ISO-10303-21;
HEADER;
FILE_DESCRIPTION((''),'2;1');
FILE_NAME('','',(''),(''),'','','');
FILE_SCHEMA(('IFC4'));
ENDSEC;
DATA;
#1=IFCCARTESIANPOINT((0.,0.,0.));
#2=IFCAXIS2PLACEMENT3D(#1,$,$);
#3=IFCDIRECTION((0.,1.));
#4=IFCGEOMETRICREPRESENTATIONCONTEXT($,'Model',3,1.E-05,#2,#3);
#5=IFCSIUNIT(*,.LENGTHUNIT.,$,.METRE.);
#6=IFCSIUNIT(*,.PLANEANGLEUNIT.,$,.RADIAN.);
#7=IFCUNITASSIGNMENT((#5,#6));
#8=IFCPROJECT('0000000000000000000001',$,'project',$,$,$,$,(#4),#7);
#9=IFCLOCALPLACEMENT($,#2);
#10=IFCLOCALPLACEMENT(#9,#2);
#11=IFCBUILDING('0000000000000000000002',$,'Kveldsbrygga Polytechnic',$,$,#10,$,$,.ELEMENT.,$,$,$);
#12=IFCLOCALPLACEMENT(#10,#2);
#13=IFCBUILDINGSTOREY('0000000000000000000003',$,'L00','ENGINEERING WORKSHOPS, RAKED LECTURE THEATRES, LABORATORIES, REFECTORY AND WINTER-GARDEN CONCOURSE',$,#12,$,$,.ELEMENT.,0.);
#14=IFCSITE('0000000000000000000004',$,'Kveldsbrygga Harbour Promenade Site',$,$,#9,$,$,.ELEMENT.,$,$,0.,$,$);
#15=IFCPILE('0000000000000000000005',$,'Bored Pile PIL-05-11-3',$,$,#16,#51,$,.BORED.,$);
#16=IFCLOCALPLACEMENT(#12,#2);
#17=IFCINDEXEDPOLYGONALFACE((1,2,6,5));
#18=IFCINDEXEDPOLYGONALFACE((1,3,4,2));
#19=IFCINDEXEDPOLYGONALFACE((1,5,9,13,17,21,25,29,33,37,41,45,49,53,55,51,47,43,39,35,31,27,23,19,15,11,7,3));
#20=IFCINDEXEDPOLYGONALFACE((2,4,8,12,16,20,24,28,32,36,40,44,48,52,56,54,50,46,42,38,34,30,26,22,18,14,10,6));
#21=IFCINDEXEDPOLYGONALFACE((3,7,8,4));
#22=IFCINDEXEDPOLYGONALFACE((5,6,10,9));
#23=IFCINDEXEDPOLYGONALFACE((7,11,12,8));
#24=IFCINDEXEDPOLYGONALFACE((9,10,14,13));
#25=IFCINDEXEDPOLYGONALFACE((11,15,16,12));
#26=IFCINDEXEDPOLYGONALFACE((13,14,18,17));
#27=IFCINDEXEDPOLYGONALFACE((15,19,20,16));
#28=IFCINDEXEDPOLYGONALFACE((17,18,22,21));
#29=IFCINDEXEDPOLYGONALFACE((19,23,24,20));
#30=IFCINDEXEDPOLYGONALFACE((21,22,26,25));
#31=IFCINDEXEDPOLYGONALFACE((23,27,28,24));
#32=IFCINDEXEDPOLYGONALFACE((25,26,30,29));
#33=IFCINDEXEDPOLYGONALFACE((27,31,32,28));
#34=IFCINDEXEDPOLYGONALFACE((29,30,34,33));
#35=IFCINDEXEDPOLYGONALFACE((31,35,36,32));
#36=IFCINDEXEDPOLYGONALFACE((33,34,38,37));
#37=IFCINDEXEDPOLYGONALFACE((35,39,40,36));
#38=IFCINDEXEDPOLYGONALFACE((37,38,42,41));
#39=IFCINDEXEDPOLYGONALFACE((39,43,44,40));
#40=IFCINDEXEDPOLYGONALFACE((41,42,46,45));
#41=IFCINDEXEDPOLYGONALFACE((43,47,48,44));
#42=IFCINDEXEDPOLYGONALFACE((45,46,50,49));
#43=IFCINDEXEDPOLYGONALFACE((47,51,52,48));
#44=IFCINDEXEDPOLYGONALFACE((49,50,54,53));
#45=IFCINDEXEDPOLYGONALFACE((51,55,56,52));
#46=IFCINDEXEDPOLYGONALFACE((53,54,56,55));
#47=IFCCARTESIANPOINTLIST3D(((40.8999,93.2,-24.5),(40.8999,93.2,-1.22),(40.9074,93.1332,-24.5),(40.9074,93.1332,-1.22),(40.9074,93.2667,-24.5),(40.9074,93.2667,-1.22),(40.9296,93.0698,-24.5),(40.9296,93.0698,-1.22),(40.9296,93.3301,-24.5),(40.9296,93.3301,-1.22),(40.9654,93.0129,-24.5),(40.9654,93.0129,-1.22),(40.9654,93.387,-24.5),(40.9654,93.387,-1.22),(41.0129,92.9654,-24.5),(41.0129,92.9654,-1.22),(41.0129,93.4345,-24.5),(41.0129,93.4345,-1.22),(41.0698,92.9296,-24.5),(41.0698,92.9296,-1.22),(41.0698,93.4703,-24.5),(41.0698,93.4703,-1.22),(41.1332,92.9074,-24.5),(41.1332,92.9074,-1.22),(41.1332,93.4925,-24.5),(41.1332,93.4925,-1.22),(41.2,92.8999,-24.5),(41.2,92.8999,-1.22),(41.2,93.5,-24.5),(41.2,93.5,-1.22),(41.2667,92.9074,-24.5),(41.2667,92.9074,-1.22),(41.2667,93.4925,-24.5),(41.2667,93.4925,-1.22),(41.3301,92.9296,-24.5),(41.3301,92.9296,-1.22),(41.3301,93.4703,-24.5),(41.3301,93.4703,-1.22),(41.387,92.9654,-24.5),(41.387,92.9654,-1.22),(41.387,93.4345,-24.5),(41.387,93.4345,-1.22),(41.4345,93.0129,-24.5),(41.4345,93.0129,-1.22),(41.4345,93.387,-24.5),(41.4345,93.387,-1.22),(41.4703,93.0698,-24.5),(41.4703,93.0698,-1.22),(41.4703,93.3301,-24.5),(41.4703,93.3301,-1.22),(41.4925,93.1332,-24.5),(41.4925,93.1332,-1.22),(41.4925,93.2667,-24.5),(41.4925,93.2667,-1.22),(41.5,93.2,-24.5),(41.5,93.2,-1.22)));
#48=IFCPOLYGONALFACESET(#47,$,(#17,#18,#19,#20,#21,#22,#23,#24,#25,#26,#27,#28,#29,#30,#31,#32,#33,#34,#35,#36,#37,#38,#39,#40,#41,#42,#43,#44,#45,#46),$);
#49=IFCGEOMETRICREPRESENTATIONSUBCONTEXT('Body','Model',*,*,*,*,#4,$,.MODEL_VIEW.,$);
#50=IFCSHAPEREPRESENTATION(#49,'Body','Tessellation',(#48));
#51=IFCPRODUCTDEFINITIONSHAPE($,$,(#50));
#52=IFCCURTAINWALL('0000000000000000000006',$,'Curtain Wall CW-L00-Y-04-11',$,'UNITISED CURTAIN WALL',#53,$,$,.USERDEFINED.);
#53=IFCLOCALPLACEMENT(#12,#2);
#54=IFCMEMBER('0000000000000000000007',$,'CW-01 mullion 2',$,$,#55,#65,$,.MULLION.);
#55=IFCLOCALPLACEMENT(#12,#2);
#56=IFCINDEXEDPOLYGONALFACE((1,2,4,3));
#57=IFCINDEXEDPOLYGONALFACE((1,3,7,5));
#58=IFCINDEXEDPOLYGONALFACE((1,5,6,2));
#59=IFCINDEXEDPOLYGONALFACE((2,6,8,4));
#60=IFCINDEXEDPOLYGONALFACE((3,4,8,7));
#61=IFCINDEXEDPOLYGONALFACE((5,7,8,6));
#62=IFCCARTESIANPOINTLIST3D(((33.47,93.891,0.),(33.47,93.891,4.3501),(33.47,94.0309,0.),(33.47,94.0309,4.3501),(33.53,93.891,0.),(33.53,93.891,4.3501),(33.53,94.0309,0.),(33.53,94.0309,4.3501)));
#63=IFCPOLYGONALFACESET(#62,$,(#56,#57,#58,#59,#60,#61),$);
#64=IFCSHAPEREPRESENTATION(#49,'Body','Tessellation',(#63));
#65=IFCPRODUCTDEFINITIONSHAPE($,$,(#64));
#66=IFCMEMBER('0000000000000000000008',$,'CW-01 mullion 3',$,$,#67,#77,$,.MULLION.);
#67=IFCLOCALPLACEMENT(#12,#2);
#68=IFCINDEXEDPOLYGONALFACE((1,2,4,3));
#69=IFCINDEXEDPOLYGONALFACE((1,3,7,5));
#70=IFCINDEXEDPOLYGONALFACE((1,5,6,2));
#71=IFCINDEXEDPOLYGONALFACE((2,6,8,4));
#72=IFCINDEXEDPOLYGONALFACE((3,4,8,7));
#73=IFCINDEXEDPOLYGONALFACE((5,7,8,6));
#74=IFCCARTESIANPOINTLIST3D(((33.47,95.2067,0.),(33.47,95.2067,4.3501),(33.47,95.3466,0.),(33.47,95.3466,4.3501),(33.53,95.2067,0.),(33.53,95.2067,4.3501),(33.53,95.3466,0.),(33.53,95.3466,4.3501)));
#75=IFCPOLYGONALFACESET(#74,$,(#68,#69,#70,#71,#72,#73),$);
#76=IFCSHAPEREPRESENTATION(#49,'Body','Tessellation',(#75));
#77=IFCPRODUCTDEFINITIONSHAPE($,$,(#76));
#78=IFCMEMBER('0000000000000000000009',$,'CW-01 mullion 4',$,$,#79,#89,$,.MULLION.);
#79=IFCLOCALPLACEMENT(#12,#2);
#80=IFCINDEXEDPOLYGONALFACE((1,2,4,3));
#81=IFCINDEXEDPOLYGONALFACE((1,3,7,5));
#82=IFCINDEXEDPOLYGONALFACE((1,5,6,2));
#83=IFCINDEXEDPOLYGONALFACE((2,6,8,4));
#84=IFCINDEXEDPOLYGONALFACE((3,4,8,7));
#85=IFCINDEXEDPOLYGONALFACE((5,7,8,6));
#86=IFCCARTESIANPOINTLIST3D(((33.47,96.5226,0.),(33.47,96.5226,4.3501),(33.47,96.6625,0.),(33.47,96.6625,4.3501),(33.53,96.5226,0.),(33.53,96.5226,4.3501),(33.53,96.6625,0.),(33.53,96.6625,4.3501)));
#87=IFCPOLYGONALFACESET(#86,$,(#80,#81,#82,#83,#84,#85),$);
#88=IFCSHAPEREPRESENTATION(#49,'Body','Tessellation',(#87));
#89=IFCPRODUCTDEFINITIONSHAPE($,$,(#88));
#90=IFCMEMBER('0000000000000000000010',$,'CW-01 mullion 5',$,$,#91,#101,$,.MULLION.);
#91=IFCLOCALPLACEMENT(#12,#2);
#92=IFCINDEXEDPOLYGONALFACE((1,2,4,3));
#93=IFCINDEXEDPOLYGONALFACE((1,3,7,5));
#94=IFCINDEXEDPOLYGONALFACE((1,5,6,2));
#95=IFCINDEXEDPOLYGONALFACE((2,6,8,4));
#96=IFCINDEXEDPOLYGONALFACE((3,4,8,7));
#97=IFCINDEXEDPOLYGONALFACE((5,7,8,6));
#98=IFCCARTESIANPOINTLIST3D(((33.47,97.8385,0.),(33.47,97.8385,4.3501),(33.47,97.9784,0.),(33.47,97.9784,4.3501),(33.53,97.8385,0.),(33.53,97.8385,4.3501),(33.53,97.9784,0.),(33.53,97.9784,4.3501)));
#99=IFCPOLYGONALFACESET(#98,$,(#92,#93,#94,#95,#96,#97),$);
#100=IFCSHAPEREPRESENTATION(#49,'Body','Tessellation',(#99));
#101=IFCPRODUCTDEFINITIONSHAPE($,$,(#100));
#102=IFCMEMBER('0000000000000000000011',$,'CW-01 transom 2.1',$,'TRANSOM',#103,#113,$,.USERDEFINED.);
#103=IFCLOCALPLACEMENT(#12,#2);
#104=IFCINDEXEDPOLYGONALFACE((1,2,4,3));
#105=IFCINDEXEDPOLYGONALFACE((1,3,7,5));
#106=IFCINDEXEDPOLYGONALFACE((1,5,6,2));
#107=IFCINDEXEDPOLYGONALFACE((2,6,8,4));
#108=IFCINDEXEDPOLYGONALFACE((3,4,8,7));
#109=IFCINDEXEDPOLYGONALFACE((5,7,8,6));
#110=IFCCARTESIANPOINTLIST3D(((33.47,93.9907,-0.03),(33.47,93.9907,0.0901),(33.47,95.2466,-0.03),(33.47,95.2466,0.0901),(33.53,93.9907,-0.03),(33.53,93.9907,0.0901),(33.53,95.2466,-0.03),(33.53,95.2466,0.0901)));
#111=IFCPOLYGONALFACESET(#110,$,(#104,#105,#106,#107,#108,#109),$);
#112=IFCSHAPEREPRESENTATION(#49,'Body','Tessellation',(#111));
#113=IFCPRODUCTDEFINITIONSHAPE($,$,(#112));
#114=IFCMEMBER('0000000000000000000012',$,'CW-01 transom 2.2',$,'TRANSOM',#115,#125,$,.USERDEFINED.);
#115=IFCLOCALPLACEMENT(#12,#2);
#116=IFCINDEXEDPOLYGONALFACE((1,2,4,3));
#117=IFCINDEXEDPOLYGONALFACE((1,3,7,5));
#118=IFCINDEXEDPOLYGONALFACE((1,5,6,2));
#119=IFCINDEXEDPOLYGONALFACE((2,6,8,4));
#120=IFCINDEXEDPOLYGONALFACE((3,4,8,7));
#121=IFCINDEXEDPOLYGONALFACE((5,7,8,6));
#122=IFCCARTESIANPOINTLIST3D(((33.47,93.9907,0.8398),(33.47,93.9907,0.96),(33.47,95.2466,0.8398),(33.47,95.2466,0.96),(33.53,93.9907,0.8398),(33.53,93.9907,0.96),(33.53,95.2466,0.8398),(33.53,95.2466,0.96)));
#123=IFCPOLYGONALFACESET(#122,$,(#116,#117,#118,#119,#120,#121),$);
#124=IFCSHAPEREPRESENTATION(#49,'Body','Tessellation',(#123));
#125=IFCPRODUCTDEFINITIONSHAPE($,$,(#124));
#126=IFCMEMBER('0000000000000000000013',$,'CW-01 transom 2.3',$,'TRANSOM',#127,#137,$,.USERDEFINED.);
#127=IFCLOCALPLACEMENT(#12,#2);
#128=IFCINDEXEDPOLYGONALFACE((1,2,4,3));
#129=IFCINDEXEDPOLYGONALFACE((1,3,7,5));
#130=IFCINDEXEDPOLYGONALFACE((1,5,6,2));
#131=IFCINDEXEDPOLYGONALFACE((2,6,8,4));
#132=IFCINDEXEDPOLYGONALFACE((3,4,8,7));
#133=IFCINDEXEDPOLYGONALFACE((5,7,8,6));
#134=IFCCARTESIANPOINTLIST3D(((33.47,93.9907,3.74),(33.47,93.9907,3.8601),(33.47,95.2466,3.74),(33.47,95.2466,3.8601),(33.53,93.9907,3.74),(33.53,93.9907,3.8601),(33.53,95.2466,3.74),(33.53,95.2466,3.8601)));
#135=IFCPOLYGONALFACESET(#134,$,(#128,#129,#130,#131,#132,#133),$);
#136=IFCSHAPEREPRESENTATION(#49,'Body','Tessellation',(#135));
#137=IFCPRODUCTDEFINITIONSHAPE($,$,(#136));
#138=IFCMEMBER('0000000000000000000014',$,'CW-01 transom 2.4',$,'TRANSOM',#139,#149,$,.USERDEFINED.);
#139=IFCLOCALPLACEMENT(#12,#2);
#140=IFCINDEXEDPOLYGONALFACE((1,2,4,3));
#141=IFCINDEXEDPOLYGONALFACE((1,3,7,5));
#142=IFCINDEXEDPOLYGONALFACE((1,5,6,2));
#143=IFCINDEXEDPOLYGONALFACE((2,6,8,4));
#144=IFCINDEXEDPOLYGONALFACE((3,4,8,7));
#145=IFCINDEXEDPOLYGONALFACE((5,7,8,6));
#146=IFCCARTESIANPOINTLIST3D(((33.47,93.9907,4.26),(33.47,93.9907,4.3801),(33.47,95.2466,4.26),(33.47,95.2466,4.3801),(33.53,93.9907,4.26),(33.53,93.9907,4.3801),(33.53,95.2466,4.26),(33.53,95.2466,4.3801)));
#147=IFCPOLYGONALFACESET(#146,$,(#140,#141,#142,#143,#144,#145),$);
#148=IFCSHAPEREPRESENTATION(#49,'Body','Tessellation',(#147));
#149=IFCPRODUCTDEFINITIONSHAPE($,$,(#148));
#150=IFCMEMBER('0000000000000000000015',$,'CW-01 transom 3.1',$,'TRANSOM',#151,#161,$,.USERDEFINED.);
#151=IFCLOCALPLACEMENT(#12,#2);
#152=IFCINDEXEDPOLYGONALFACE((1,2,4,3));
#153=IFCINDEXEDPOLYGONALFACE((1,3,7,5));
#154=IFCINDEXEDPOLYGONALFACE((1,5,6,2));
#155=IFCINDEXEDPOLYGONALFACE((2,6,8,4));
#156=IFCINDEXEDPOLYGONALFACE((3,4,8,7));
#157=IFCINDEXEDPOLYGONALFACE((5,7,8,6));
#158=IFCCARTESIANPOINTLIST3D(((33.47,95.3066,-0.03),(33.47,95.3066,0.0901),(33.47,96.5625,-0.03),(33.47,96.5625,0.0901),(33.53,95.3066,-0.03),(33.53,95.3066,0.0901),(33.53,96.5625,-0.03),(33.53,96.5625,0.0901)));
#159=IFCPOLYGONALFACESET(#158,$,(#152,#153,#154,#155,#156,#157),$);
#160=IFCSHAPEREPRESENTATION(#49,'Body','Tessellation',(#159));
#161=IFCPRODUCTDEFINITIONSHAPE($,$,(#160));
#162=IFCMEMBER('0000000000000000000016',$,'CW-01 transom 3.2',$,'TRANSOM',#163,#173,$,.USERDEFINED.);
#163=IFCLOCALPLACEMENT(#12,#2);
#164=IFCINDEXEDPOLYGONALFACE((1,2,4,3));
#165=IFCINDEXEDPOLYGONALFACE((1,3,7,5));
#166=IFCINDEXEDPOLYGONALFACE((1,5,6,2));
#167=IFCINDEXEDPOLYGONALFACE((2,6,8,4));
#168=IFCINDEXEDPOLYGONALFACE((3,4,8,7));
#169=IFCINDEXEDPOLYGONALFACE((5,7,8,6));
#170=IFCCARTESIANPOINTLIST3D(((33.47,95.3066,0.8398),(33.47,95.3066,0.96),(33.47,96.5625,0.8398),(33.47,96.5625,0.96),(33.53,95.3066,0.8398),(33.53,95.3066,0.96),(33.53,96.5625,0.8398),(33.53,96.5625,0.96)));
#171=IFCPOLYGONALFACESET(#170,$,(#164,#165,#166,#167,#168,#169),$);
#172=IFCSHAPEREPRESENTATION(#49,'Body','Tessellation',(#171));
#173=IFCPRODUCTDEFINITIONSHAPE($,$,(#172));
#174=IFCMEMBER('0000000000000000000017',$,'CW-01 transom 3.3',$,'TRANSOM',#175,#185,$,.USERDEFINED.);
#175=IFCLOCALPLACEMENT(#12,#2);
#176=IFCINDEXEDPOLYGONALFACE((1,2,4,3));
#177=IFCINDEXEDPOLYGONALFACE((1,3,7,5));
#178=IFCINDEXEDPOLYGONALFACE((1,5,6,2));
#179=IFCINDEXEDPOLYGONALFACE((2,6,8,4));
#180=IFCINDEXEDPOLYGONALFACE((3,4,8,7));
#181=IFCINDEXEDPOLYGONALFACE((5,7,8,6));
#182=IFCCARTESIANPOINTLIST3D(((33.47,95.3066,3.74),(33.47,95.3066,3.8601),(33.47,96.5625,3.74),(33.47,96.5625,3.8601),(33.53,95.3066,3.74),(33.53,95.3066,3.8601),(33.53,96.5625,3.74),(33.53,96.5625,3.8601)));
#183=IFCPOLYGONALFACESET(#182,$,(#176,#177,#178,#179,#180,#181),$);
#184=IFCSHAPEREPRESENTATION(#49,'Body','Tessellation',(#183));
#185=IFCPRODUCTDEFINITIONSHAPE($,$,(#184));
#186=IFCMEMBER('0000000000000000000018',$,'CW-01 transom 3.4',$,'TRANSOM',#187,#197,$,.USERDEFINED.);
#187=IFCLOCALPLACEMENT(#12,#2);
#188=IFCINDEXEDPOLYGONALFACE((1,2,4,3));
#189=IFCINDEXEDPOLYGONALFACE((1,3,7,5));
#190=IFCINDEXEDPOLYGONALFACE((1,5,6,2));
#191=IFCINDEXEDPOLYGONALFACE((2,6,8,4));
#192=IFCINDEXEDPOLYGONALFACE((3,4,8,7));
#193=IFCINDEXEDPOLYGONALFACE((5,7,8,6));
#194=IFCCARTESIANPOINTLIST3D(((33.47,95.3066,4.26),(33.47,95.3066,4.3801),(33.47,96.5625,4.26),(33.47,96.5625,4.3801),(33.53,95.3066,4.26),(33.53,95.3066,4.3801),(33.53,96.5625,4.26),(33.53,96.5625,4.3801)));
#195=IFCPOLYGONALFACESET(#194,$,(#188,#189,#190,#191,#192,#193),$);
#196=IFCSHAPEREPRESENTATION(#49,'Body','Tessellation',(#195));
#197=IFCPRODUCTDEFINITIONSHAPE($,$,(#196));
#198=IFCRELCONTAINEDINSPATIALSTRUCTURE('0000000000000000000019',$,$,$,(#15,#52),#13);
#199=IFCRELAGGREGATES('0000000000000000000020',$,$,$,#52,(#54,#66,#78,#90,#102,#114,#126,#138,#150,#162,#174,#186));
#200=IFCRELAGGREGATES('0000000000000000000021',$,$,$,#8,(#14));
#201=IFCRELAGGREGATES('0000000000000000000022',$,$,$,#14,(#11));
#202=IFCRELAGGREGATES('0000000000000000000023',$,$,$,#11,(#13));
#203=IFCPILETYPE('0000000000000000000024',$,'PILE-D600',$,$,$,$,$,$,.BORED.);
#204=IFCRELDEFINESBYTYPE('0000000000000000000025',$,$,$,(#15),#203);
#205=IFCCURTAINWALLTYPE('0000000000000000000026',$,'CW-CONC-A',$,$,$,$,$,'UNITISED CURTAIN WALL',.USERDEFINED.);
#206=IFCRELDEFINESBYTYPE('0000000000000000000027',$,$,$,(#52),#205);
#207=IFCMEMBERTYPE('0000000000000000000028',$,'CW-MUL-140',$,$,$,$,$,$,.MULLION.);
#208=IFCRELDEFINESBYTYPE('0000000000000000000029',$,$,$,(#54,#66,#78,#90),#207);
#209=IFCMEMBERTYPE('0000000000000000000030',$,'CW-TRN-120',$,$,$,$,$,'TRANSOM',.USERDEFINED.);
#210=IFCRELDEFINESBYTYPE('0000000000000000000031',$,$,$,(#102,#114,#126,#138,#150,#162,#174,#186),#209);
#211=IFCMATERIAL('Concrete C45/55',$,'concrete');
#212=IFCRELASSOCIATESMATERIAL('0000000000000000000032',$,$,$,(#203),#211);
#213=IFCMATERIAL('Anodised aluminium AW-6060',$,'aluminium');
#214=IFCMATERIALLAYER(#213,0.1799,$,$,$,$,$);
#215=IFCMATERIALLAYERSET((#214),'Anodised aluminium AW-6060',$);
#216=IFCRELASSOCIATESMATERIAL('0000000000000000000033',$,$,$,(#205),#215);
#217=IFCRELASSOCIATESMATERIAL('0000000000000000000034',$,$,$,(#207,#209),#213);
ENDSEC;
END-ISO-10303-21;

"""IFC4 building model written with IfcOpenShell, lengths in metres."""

from ifc_helpers import new_model, si_unit, direction, frame, origin, origin_2d, place, context, subcontext, project, spatial, rectangle, circle, extrude, material, layer, layer_set, material_profile, profile_set, type_object, element, aggregate, save


model = new_model("IFC4")

# Units and contexts
model_context = context("Model", 3, precision=1e-05, world=origin(), true_north=direction((0.0, 1.0)))
body_context = subcontext(model_context, "Body", "Model", "MODEL_VIEW")
ifc_project = project(units=[si_unit("LENGTHUNIT", "METRE"), si_unit("PLANEANGLEUNIT", "RADIAN")], contexts=[model_context])

# Site, building, storey
site_placement = place(None, origin())
site = spatial("IfcSite", under=ifc_project, at=site_placement, Name="Kveldsbrygga Harbour Promenade Site", CompositionType="ELEMENT", RefElevation=0.0)
building_placement = place(site_placement, origin())
building = spatial("IfcBuilding", under=site, at=building_placement, Name="Kveldsbrygga Polytechnic", CompositionType="ELEMENT")
storey_placement = place(building_placement, origin())
storey = spatial("IfcBuildingStorey", under=building, at=storey_placement, Name="L00", Description="ENGINEERING WORKSHOPS, RAKED LECTURE THEATRES, LABORATORIES, REFECTORY AND WINTER-GARDEN CONCOURSE", CompositionType="ELEMENT", Elevation=0.0)

# Pile
ifc_material_1 = material(Name="Concrete C45/55", Category="concrete")
ifc_material_profile_1 = material_profile(ifc_material_1, circle(Radius=0.3, at=origin_2d()), Name="PILE D600")
ifc_profile_set_1 = profile_set([ifc_material_profile_1], Name="Concrete C45/55")
pile_type = type_object("IfcPileType", Name="PILE-D600", PredefinedType="BORED", material=ifc_profile_set_1)
pile_placement = place(storey_placement, frame((41.2, 93.2, -1.22), z_axis=(0.0, 0.0, -1.0), x_axis=(1.0, 0.0, 0.0)))
element("IfcPile", 1, at=pile_placement, inside=storey, type_object=pile_type, Name="Bored Pile PIL-05-11-3", PredefinedType="BORED", context=body_context, shape_type="SweptSolid", body=[
    extrude(circle(Radius=0.3, at=origin_2d()), origin(), (0.0, 0.0, 1.0), 23.28),
])

# Curtain wall, members
ifc_material_2 = material(Name="Anodised aluminium AW-6060", Category="aluminium")
ifc_layer_1 = layer(ifc_material_2, 0.1799)
ifc_layer_set_1 = layer_set([ifc_layer_1], Name="Anodised aluminium AW-6060")
curtain_wall_type = type_object("IfcCurtainWallType", Name="CW-CONC-A", ElementType="UNITISED CURTAIN WALL", PredefinedType="USERDEFINED", material=ifc_layer_set_1)
curtain_wall_placement = place(storey_placement, origin())
curtain_wall = element("IfcCurtainWall", 2, at=curtain_wall_placement, inside=storey, type_object=curtain_wall_type, Name="Curtain Wall CW-L00-Y-04-11", ObjectType="UNITISED CURTAIN WALL", PredefinedType="USERDEFINED")
ifc_material_profile_2 = material_profile(ifc_material_2, rectangle(XDim=0.0601, YDim=0.1399, at=origin_2d()), Name="ALU 60x140")
ifc_profile_set_2 = profile_set([ifc_material_profile_2], Name="Anodised aluminium AW-6060")
member_type_1 = type_object("IfcMemberType", Name="CW-MUL-140", PredefinedType="MULLION", material=ifc_profile_set_2)
member_1_placement = place(storey_placement, frame((33.5, 93.9609, 0.0), z_axis=(0.0, 0.0, 1.0), x_axis=(-1.0, 0.0, 0.0)))
member_1 = element("IfcMember", 3, at=member_1_placement, type_object=member_type_1, Name="CW-01 mullion 2", PredefinedType="MULLION", context=body_context, shape_type="SweptSolid", body=[
    extrude(rectangle(XDim=0.0601, YDim=0.1399, at=origin_2d()), origin(), (0.0, 0.0, 1.0), 4.3501),
])
member_2_placement = place(storey_placement, frame((33.5, 95.2766, 0.0), z_axis=(0.0, 0.0, 1.0), x_axis=(-1.0, 0.0, 0.0)))
member_2 = element("IfcMember", 4, at=member_2_placement, type_object=member_type_1, Name="CW-01 mullion 3", PredefinedType="MULLION", context=body_context, shape_type="SweptSolid", body=[
    extrude(rectangle(XDim=0.0601, YDim=0.1399, at=origin_2d()), origin(), (0.0, 0.0, 1.0), 4.3501),
])
member_3_placement = place(storey_placement, frame((33.5, 96.5925, 0.0), z_axis=(0.0, 0.0, 1.0), x_axis=(-1.0, 0.0, 0.0)))
member_3 = element("IfcMember", 5, at=member_3_placement, type_object=member_type_1, Name="CW-01 mullion 4", PredefinedType="MULLION", context=body_context, shape_type="SweptSolid", body=[
    extrude(rectangle(XDim=0.0601, YDim=0.1399, at=origin_2d()), origin(), (0.0, 0.0, 1.0), 4.3501),
])
member_4_placement = place(storey_placement, frame((33.5, 97.9084, 0.0), z_axis=(0.0, 0.0, 1.0), x_axis=(-1.0, 0.0, 0.0)))
member_4 = element("IfcMember", 6, at=member_4_placement, type_object=member_type_1, Name="CW-01 mullion 5", PredefinedType="MULLION", context=body_context, shape_type="SweptSolid", body=[
    extrude(rectangle(XDim=0.0601, YDim=0.1399, at=origin_2d()), origin(), (0.0, 0.0, 1.0), 4.3501),
])
ifc_material_profile_3 = material_profile(ifc_material_2, rectangle(XDim=0.0601, YDim=0.1201, at=origin_2d()), Name="ALU 60x120")
ifc_profile_set_3 = profile_set([ifc_material_profile_3], Name="Anodised aluminium AW-6060")
member_type_2 = type_object("IfcMemberType", Name="CW-TRN-120", ElementType="TRANSOM", PredefinedType="USERDEFINED", material=ifc_profile_set_3)
member_5_placement = place(storey_placement, frame((33.5, 93.9907, 0.03), z_axis=(0.0, 1.0, 0.0), x_axis=(-1.0, 0.0, 0.0)))
member_5 = element("IfcMember", 7, at=member_5_placement, type_object=member_type_2, Name="CW-01 transom 2.1", ObjectType="TRANSOM", PredefinedType="USERDEFINED", context=body_context, shape_type="SweptSolid", body=[
    extrude(rectangle(XDim=0.0601, YDim=0.1201, at=origin_2d()), origin(), (0.0, 0.0, 1.0), 1.2559),
])
member_6_placement = place(storey_placement, frame((33.5, 93.9907, 0.8999), z_axis=(0.0, 1.0, 0.0), x_axis=(-1.0, 0.0, 0.0)))
member_6 = element("IfcMember", 8, at=member_6_placement, type_object=member_type_2, Name="CW-01 transom 2.2", ObjectType="TRANSOM", PredefinedType="USERDEFINED", context=body_context, shape_type="SweptSolid", body=[
    extrude(rectangle(XDim=0.0601, YDim=0.1201, at=origin_2d()), origin(), (0.0, 0.0, 1.0), 1.2559),
])
member_7_placement = place(storey_placement, frame((33.5, 93.9907, 3.8), z_axis=(0.0, 1.0, 0.0), x_axis=(-1.0, 0.0, 0.0)))
member_7 = element("IfcMember", 9, at=member_7_placement, type_object=member_type_2, Name="CW-01 transom 2.3", ObjectType="TRANSOM", PredefinedType="USERDEFINED", context=body_context, shape_type="SweptSolid", body=[
    extrude(rectangle(XDim=0.0601, YDim=0.1201, at=origin_2d()), origin(), (0.0, 0.0, 1.0), 1.2559),
])
member_8_placement = place(storey_placement, frame((33.5, 93.9907, 4.3201), z_axis=(0.0, 1.0, 0.0), x_axis=(-1.0, 0.0, 0.0)))
member_8 = element("IfcMember", 10, at=member_8_placement, type_object=member_type_2, Name="CW-01 transom 2.4", ObjectType="TRANSOM", PredefinedType="USERDEFINED", context=body_context, shape_type="SweptSolid", body=[
    extrude(rectangle(XDim=0.0601, YDim=0.1201, at=origin_2d()), origin(), (0.0, 0.0, 1.0), 1.2559),
])
member_9_placement = place(storey_placement, frame((33.5, 95.3066, 0.03), z_axis=(0.0, 1.0, 0.0), x_axis=(-1.0, 0.0, 0.0)))
member_9 = element("IfcMember", 11, at=member_9_placement, type_object=member_type_2, Name="CW-01 transom 3.1", ObjectType="TRANSOM", PredefinedType="USERDEFINED", context=body_context, shape_type="SweptSolid", body=[
    extrude(rectangle(XDim=0.0601, YDim=0.1201, at=origin_2d()), origin(), (0.0, 0.0, 1.0), 1.2559),
])
member_10_placement = place(storey_placement, frame((33.5, 95.3066, 0.8999), z_axis=(0.0, 1.0, 0.0), x_axis=(-1.0, 0.0, 0.0)))
member_10 = element("IfcMember", 12, at=member_10_placement, type_object=member_type_2, Name="CW-01 transom 3.2", ObjectType="TRANSOM", PredefinedType="USERDEFINED", context=body_context, shape_type="SweptSolid", body=[
    extrude(rectangle(XDim=0.0601, YDim=0.1201, at=origin_2d()), origin(), (0.0, 0.0, 1.0), 1.2559),
])
member_11_placement = place(storey_placement, frame((33.5, 95.3066, 3.8), z_axis=(0.0, 1.0, 0.0), x_axis=(-1.0, 0.0, 0.0)))
member_11 = element("IfcMember", 13, at=member_11_placement, type_object=member_type_2, Name="CW-01 transom 3.3", ObjectType="TRANSOM", PredefinedType="USERDEFINED", context=body_context, shape_type="SweptSolid", body=[
    extrude(rectangle(XDim=0.0601, YDim=0.1201, at=origin_2d()), origin(), (0.0, 0.0, 1.0), 1.2559),
])
member_12_placement = place(storey_placement, frame((33.5, 95.3066, 4.3201), z_axis=(0.0, 1.0, 0.0), x_axis=(-1.0, 0.0, 0.0)))
member_12 = element("IfcMember", 14, at=member_12_placement, type_object=member_type_2, Name="CW-01 transom 3.4", ObjectType="TRANSOM", PredefinedType="USERDEFINED", context=body_context, shape_type="SweptSolid", body=[
    extrude(rectangle(XDim=0.0601, YDim=0.1201, at=origin_2d()), origin(), (0.0, 0.0, 1.0), 1.2559),
])
aggregate(curtain_wall, [member_1, member_2, member_3, member_4, member_5, member_6, member_7, member_8, member_9, member_10, member_11, member_12])

save(model, "model.ifc")
